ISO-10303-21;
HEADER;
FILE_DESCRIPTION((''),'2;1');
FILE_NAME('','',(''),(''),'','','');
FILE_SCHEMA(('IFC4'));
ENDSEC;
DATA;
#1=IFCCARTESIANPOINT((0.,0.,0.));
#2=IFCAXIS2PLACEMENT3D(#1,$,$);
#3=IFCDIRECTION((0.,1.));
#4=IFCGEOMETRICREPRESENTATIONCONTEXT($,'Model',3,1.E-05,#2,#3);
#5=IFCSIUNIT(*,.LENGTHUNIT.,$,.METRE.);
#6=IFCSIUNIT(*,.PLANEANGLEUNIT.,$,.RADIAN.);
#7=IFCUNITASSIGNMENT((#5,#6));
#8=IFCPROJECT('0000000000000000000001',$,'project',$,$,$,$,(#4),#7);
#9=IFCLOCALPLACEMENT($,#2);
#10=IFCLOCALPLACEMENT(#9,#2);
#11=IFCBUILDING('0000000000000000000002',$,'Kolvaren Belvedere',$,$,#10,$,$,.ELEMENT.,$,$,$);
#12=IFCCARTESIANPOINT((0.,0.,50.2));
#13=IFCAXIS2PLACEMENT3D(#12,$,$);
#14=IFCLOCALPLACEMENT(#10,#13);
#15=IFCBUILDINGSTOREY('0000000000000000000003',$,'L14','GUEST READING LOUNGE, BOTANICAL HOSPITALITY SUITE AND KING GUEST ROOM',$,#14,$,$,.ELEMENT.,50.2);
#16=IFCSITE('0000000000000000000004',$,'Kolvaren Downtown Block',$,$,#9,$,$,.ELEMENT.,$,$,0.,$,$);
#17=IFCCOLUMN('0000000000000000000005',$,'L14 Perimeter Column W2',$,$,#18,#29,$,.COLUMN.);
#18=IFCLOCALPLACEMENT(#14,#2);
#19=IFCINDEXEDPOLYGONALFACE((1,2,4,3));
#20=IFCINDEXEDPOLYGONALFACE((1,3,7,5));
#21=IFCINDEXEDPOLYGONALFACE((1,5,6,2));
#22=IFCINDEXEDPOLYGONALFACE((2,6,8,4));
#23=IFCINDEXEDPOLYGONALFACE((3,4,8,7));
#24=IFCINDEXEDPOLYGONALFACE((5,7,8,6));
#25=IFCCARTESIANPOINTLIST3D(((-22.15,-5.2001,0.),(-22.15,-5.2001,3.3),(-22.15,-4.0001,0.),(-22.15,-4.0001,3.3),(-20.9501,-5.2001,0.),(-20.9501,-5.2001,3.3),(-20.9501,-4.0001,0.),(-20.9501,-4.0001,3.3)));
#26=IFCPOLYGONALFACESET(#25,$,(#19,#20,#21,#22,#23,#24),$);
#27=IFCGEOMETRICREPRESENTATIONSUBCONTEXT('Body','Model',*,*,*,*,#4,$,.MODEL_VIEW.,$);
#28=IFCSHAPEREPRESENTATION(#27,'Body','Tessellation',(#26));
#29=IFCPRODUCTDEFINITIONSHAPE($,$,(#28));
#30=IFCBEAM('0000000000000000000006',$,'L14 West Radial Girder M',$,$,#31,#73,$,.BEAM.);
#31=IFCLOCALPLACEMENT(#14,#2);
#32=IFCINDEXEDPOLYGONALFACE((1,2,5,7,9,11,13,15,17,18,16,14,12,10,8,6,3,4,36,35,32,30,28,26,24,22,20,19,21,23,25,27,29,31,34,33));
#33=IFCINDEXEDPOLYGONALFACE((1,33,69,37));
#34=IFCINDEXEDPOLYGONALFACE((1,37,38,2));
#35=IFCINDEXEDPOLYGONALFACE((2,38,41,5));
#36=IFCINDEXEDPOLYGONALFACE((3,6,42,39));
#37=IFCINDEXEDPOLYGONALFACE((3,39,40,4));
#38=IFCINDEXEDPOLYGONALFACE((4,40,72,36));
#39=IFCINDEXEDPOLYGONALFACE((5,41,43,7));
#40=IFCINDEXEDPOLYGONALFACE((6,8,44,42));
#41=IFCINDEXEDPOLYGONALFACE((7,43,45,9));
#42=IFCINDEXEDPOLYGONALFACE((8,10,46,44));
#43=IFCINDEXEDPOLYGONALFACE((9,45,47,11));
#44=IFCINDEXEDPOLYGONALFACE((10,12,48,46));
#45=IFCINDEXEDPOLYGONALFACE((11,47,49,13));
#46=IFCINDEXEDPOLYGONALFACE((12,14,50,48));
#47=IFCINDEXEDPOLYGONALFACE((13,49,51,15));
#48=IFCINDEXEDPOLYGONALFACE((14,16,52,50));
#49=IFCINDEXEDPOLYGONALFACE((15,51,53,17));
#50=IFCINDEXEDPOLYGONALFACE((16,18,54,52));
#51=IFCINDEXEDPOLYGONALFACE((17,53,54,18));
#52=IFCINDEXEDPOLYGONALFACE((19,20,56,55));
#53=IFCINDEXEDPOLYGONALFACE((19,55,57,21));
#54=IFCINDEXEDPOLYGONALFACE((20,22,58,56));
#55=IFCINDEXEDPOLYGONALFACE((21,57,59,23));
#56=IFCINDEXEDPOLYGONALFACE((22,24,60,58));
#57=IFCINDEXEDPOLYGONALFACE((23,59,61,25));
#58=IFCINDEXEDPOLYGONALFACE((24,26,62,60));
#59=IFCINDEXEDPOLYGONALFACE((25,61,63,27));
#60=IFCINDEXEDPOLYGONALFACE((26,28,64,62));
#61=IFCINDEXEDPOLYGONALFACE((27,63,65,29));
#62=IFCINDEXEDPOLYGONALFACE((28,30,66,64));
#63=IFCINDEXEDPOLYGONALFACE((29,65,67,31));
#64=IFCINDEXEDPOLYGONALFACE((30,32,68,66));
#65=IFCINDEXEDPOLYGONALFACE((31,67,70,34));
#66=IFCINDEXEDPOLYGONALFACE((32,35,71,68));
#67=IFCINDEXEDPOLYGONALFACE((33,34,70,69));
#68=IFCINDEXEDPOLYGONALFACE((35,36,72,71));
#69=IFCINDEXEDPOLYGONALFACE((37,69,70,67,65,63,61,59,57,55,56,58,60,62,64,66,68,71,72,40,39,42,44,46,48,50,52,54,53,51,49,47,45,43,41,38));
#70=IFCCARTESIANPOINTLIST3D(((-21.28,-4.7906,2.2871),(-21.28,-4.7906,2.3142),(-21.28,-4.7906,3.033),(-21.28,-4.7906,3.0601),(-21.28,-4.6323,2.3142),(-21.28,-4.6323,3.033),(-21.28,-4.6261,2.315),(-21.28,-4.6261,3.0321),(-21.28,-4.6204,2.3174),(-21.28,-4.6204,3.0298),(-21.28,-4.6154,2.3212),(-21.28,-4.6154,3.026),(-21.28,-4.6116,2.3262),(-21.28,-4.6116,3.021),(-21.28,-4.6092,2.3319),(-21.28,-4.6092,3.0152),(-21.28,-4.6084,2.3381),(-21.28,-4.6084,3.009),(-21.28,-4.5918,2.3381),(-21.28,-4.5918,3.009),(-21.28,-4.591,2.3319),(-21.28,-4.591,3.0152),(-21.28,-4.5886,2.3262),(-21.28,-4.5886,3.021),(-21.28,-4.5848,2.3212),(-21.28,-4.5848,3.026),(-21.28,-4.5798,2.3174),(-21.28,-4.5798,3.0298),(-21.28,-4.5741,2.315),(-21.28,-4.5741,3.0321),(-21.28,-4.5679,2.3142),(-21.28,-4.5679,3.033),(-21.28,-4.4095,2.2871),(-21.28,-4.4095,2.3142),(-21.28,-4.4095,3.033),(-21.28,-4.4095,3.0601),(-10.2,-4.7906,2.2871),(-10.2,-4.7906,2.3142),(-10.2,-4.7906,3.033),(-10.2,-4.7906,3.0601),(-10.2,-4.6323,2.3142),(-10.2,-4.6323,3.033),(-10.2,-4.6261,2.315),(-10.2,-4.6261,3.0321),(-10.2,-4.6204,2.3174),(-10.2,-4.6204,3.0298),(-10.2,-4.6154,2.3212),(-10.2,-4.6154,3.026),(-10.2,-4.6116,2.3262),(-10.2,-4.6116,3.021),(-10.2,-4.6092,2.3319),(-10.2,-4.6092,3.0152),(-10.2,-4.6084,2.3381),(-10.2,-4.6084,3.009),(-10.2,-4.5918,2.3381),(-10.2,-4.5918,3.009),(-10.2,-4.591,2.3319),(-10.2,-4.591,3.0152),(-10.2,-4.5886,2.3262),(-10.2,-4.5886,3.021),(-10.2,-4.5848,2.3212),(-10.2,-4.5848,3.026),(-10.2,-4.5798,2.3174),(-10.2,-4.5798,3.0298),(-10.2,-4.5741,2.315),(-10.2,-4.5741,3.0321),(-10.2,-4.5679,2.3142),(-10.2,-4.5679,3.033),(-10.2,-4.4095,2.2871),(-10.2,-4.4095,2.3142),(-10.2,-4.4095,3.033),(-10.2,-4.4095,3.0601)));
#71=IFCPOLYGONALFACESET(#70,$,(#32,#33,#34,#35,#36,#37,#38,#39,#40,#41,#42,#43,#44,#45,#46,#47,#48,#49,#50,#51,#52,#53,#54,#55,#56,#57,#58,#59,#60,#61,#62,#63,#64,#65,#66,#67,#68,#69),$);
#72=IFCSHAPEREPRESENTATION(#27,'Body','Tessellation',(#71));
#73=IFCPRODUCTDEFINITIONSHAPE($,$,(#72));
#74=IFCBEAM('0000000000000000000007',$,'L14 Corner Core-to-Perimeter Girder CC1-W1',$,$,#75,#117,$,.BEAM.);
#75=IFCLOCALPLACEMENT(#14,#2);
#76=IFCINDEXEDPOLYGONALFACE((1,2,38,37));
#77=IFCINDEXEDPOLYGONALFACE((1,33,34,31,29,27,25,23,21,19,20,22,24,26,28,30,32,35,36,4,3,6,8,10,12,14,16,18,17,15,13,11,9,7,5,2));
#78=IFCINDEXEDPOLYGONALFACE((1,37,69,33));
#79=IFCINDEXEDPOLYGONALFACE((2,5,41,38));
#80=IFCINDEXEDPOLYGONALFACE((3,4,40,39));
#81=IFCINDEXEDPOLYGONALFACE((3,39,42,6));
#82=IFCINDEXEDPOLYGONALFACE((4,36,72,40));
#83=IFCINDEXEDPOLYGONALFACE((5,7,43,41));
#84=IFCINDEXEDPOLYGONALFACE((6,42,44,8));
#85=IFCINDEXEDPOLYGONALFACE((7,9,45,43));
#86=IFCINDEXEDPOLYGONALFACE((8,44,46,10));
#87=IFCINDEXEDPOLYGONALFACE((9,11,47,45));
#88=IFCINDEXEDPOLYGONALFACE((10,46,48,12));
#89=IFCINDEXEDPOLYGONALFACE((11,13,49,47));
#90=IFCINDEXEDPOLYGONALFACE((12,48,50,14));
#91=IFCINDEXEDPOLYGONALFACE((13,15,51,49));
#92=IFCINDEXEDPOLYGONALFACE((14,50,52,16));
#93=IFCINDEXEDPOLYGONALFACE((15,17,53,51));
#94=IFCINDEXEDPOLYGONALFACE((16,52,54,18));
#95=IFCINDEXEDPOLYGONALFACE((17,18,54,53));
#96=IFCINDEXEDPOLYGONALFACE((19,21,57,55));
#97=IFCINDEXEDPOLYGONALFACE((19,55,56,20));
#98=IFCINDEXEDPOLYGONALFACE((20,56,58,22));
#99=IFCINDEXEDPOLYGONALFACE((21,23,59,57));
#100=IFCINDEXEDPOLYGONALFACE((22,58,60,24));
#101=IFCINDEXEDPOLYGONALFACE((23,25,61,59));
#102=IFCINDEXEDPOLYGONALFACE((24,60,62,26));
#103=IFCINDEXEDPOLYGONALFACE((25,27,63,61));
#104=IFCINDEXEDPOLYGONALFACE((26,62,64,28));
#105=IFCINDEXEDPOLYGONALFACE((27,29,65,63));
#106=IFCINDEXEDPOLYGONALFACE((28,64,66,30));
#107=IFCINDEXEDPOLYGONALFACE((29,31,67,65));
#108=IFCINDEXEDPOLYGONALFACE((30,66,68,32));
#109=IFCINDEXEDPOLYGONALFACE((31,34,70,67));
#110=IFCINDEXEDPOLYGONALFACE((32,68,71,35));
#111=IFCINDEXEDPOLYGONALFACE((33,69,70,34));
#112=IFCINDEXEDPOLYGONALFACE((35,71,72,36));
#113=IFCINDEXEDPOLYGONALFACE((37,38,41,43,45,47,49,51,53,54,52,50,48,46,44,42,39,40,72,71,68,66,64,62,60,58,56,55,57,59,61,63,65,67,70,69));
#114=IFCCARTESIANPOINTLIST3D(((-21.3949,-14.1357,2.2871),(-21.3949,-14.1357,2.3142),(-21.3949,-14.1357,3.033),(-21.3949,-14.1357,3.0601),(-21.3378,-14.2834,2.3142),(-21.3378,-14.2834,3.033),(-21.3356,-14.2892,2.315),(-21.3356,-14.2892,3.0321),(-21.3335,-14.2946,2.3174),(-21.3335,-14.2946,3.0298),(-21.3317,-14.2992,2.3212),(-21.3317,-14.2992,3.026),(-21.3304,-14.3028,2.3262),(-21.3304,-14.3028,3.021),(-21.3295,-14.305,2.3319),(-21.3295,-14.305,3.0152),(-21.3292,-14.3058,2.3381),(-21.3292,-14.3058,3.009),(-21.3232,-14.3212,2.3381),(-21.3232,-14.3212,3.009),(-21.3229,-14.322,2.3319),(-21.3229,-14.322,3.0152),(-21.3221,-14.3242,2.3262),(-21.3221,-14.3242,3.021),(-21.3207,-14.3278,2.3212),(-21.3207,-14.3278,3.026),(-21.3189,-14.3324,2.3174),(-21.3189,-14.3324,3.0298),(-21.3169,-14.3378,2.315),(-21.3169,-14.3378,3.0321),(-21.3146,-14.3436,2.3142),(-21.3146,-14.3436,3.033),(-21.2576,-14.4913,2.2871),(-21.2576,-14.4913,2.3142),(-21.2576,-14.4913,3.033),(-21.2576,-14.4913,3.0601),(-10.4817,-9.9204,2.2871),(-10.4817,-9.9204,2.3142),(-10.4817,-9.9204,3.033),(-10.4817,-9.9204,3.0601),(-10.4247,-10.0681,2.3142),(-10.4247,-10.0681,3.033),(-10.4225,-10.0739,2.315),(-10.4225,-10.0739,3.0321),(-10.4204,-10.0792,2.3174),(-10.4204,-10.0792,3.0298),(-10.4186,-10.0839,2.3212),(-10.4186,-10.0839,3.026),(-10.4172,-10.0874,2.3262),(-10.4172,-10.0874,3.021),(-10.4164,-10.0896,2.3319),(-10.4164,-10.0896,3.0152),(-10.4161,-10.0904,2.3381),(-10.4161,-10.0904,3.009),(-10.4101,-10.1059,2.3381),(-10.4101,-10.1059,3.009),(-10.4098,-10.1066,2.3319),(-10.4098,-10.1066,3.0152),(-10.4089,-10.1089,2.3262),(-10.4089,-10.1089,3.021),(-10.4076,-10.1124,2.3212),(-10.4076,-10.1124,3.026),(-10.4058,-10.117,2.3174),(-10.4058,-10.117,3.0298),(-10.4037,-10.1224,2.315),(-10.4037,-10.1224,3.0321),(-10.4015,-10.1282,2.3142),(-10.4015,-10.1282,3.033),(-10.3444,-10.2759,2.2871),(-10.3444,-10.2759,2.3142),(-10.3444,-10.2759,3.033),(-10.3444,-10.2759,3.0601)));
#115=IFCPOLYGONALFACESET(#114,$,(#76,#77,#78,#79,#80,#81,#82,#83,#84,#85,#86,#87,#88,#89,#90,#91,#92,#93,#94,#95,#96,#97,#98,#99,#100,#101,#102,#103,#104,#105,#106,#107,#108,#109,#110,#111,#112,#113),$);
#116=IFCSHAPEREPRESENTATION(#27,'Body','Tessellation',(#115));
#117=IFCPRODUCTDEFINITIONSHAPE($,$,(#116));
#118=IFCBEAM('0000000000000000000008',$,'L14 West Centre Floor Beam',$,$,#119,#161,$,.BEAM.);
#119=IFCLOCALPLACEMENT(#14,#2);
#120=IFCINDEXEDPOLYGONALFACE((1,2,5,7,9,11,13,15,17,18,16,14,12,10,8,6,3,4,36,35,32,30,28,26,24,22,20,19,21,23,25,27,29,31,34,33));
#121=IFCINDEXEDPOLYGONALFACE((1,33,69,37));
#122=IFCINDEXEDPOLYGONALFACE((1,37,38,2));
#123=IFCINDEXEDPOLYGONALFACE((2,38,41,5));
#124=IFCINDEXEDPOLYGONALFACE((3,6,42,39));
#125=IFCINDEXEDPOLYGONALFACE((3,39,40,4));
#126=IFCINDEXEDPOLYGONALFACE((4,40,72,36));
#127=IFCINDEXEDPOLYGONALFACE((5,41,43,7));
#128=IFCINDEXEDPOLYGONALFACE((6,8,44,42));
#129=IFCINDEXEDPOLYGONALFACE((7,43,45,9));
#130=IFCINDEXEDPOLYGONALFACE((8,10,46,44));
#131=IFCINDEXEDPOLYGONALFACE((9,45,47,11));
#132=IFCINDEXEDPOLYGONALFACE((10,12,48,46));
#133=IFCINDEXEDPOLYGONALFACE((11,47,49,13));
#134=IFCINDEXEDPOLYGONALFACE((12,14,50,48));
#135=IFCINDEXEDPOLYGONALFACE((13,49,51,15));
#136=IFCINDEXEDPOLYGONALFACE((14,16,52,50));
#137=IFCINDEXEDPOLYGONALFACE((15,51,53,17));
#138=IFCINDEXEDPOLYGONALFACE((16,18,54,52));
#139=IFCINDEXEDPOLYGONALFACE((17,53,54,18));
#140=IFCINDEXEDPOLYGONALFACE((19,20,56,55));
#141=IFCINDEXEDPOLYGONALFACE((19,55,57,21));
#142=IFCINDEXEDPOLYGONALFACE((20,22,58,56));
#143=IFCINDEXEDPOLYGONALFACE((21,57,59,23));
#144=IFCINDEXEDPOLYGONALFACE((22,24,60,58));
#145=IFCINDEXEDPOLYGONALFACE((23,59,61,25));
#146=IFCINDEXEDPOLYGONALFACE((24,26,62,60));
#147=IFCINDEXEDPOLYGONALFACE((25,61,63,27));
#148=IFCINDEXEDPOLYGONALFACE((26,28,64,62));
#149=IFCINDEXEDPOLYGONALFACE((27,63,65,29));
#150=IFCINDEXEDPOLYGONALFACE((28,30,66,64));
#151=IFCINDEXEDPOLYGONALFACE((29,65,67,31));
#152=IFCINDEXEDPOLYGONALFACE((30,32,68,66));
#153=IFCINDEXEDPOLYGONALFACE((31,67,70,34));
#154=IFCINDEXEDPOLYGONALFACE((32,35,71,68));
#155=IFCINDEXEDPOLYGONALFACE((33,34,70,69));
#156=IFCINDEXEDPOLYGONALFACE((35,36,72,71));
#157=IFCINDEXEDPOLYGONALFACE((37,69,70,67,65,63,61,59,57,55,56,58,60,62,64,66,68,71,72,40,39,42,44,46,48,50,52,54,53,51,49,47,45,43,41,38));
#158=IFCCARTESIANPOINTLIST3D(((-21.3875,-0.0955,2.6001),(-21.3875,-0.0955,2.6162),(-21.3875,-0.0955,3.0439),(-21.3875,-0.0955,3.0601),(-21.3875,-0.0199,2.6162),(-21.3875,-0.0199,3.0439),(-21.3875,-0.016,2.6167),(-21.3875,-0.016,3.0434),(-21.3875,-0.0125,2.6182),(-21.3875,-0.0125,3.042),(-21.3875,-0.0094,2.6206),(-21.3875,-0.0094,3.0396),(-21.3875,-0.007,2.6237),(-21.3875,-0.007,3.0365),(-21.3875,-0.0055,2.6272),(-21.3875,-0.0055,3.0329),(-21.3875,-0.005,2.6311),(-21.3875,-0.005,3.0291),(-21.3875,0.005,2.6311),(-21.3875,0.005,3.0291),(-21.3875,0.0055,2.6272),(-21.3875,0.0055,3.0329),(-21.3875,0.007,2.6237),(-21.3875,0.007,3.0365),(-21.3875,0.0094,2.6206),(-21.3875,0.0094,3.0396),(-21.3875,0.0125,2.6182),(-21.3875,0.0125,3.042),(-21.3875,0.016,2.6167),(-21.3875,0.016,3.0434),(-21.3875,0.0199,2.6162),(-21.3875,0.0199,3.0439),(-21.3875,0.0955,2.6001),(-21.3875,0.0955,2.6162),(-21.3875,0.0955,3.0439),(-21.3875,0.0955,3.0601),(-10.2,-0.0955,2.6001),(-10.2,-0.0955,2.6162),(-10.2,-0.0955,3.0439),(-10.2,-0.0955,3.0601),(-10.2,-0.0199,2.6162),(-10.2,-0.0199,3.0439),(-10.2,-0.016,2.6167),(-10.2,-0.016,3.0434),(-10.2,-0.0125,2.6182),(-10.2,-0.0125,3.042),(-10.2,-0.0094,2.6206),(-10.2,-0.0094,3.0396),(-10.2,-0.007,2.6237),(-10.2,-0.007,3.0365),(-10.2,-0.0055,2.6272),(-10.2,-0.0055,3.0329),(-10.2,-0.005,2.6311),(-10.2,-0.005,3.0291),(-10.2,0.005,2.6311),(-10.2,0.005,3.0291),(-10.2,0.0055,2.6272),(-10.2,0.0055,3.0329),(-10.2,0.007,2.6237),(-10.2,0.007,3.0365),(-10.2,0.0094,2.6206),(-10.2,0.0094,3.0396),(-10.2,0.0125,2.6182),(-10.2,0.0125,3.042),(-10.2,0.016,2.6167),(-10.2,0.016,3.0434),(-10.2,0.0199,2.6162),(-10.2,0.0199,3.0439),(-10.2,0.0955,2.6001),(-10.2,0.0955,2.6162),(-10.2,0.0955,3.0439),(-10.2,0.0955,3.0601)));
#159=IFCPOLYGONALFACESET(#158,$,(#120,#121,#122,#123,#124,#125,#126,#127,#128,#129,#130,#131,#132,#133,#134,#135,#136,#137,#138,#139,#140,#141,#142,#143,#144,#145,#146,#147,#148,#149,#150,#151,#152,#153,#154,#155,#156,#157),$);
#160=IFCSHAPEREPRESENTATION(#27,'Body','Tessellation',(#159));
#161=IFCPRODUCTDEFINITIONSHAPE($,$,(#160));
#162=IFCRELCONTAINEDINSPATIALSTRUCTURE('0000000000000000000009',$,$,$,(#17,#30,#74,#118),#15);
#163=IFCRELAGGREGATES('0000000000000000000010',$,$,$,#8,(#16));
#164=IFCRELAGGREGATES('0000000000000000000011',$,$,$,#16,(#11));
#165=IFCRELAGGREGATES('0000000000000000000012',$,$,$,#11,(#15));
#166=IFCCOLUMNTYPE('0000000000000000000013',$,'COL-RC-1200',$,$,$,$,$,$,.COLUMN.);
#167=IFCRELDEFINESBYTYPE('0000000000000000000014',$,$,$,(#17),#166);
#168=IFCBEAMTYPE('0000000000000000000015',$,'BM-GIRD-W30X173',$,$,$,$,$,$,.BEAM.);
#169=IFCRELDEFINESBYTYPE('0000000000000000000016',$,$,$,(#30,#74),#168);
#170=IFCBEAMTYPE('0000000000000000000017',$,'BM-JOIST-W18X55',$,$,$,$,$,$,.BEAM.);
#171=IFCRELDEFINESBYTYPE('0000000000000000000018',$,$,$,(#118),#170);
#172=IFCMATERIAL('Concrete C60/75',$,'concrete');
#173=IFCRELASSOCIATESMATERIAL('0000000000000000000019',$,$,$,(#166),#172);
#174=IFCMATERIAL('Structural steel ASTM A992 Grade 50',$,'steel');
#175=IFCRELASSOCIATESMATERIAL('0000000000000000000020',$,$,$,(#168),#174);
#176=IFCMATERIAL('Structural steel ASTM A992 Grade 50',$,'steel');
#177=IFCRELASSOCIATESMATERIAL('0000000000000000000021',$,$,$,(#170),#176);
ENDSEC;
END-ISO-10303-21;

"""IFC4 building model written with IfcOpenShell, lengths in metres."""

from ifc_helpers import new_model, si_unit, direction, frame, origin, origin_2d, place, context, subcontext, project, spatial, rectangle, i_section, extrude, material, material_profile, profile_set, type_object, element, save


model = new_model("IFC4")

# Units and contexts
model_context = context("Model", 3, precision=1e-05, world=origin(), true_north=direction((0.0, 1.0)))
body_context = subcontext(model_context, "Body", "Model", "MODEL_VIEW")
ifc_project = project(units=[si_unit("LENGTHUNIT", "METRE"), si_unit("PLANEANGLEUNIT", "RADIAN")], contexts=[model_context])

# Site, building, storey
site_placement = place(None, origin())
site = spatial("IfcSite", under=ifc_project, at=site_placement, Name="Kolvaren Downtown Block", CompositionType="ELEMENT", RefElevation=0.0)
building_placement = place(site_placement, origin())
building = spatial("IfcBuilding", under=site, at=building_placement, Name="Kolvaren Belvedere", CompositionType="ELEMENT")
storey_placement = place(building_placement, frame((0.0, 0.0, 50.2)))
storey = spatial("IfcBuildingStorey", under=building, at=storey_placement, Name="L14", Description="GUEST READING LOUNGE, BOTANICAL HOSPITALITY SUITE AND KING GUEST ROOM", CompositionType="ELEMENT", Elevation=50.2)

# Column
ifc_material_1 = material(Name="Concrete C60/75", Category="concrete")
ifc_material_profile_1 = material_profile(ifc_material_1, rectangle(XDim=1.2, YDim=1.2, at=origin_2d()), Name="RC 1200X1200")
ifc_profile_set_1 = profile_set([ifc_material_profile_1], Name="Concrete C60/75")
column_type = type_object("IfcColumnType", Name="COL-RC-1200", PredefinedType="COLUMN", material=ifc_profile_set_1)
column_placement = place(storey_placement, frame((-21.55, -4.6001, 0.0), z_axis=(0.0, 0.0, 1.0), x_axis=(1.0, 0.0, 0.0)))
element("IfcColumn", 1, at=column_placement, inside=storey, type_object=column_type, Name="L14 Perimeter Column W2", PredefinedType="COLUMN", context=body_context, shape_type="SweptSolid", body=[
    extrude(rectangle(XDim=1.2, YDim=1.2, at=origin_2d()), origin(), (0.0, 0.0, 1.0), 3.3),
])

# Beams
ifc_material_2 = material(Name="Structural steel ASTM A992 Grade 50", Category="steel")
ifc_material_profile_2 = material_profile(ifc_material_2, i_section(OverallWidth=0.3811, OverallDepth=0.7729, WebThickness=0.0166, FlangeThickness=0.0271, FilletRadius=0.0239, at=origin_2d()), Name="W30X173")
ifc_profile_set_2 = profile_set([ifc_material_profile_2], Name="Structural steel ASTM A992 Grade 50")
beam_type_1 = type_object("IfcBeamType", Name="BM-GIRD-W30X173", PredefinedType="BEAM", material=ifc_profile_set_2)
beam_1_placement = place(storey_placement, frame((-10.2, -4.6001, 2.6736), z_axis=(-1.0, 0.0, 0.0), x_axis=(0.0, -1.0, 0.0)))
element("IfcBeam", 2, at=beam_1_placement, inside=storey, type_object=beam_type_1, Name="L14 West Radial Girder M", PredefinedType="BEAM", context=body_context, shape_type="SweptSolid", body=[
    extrude(i_section(OverallWidth=0.3811, OverallDepth=0.7729, WebThickness=0.0166, FlangeThickness=0.0271, FilletRadius=0.0239, at=origin_2d()), origin(), (0.0, 0.0, 1.0), 11.0801),
])
beam_2_placement = place(storey_placement, frame((-10.4131, -10.0981, 2.6736), z_axis=(-0.932829, -0.360318, 0.0), x_axis=(0.360318, -0.932829, 0.0)))
element("IfcBeam", 3, at=beam_2_placement, inside=storey, type_object=beam_type_1, Name="L14 Corner Core-to-Perimeter Girder CC1-W1", PredefinedType="BEAM", context=body_context, shape_type="SweptSolid", body=[
    extrude(i_section(OverallWidth=0.3811, OverallDepth=0.7729, WebThickness=0.0166, FlangeThickness=0.0271, FilletRadius=0.0239, at=origin_2d()), origin(), (0.0, 0.0, 1.0), 11.699),
])
ifc_material_3 = material(Name="Structural steel ASTM A992 Grade 50", Category="steel")
ifc_material_profile_3 = material_profile(ifc_material_3, i_section(OverallWidth=0.1909, OverallDepth=0.46, WebThickness=0.01, FlangeThickness=0.0161, FilletRadius=0.0149, at=origin_2d()), Name="W18X55")
ifc_profile_set_3 = profile_set([ifc_material_profile_3], Name="Structural steel ASTM A992 Grade 50")
beam_type_2 = type_object("IfcBeamType", Name="BM-JOIST-W18X55", PredefinedType="BEAM", material=ifc_profile_set_3)
beam_3_placement = place(storey_placement, frame((-10.2, 0.0, 2.8301), z_axis=(-1.0, 0.0, 0.0), x_axis=(0.0, -1.0, 0.0)))
element("IfcBeam", 4, at=beam_3_placement, inside=storey, type_object=beam_type_2, Name="L14 West Centre Floor Beam", PredefinedType="BEAM", context=body_context, shape_type="SweptSolid", body=[
    extrude(i_section(OverallWidth=0.1909, OverallDepth=0.46, WebThickness=0.01, FlangeThickness=0.0161, FilletRadius=0.0149, at=origin_2d()), origin(), (0.0, 0.0, 1.0), 11.1875),
])

save(model, "model.ifc")
